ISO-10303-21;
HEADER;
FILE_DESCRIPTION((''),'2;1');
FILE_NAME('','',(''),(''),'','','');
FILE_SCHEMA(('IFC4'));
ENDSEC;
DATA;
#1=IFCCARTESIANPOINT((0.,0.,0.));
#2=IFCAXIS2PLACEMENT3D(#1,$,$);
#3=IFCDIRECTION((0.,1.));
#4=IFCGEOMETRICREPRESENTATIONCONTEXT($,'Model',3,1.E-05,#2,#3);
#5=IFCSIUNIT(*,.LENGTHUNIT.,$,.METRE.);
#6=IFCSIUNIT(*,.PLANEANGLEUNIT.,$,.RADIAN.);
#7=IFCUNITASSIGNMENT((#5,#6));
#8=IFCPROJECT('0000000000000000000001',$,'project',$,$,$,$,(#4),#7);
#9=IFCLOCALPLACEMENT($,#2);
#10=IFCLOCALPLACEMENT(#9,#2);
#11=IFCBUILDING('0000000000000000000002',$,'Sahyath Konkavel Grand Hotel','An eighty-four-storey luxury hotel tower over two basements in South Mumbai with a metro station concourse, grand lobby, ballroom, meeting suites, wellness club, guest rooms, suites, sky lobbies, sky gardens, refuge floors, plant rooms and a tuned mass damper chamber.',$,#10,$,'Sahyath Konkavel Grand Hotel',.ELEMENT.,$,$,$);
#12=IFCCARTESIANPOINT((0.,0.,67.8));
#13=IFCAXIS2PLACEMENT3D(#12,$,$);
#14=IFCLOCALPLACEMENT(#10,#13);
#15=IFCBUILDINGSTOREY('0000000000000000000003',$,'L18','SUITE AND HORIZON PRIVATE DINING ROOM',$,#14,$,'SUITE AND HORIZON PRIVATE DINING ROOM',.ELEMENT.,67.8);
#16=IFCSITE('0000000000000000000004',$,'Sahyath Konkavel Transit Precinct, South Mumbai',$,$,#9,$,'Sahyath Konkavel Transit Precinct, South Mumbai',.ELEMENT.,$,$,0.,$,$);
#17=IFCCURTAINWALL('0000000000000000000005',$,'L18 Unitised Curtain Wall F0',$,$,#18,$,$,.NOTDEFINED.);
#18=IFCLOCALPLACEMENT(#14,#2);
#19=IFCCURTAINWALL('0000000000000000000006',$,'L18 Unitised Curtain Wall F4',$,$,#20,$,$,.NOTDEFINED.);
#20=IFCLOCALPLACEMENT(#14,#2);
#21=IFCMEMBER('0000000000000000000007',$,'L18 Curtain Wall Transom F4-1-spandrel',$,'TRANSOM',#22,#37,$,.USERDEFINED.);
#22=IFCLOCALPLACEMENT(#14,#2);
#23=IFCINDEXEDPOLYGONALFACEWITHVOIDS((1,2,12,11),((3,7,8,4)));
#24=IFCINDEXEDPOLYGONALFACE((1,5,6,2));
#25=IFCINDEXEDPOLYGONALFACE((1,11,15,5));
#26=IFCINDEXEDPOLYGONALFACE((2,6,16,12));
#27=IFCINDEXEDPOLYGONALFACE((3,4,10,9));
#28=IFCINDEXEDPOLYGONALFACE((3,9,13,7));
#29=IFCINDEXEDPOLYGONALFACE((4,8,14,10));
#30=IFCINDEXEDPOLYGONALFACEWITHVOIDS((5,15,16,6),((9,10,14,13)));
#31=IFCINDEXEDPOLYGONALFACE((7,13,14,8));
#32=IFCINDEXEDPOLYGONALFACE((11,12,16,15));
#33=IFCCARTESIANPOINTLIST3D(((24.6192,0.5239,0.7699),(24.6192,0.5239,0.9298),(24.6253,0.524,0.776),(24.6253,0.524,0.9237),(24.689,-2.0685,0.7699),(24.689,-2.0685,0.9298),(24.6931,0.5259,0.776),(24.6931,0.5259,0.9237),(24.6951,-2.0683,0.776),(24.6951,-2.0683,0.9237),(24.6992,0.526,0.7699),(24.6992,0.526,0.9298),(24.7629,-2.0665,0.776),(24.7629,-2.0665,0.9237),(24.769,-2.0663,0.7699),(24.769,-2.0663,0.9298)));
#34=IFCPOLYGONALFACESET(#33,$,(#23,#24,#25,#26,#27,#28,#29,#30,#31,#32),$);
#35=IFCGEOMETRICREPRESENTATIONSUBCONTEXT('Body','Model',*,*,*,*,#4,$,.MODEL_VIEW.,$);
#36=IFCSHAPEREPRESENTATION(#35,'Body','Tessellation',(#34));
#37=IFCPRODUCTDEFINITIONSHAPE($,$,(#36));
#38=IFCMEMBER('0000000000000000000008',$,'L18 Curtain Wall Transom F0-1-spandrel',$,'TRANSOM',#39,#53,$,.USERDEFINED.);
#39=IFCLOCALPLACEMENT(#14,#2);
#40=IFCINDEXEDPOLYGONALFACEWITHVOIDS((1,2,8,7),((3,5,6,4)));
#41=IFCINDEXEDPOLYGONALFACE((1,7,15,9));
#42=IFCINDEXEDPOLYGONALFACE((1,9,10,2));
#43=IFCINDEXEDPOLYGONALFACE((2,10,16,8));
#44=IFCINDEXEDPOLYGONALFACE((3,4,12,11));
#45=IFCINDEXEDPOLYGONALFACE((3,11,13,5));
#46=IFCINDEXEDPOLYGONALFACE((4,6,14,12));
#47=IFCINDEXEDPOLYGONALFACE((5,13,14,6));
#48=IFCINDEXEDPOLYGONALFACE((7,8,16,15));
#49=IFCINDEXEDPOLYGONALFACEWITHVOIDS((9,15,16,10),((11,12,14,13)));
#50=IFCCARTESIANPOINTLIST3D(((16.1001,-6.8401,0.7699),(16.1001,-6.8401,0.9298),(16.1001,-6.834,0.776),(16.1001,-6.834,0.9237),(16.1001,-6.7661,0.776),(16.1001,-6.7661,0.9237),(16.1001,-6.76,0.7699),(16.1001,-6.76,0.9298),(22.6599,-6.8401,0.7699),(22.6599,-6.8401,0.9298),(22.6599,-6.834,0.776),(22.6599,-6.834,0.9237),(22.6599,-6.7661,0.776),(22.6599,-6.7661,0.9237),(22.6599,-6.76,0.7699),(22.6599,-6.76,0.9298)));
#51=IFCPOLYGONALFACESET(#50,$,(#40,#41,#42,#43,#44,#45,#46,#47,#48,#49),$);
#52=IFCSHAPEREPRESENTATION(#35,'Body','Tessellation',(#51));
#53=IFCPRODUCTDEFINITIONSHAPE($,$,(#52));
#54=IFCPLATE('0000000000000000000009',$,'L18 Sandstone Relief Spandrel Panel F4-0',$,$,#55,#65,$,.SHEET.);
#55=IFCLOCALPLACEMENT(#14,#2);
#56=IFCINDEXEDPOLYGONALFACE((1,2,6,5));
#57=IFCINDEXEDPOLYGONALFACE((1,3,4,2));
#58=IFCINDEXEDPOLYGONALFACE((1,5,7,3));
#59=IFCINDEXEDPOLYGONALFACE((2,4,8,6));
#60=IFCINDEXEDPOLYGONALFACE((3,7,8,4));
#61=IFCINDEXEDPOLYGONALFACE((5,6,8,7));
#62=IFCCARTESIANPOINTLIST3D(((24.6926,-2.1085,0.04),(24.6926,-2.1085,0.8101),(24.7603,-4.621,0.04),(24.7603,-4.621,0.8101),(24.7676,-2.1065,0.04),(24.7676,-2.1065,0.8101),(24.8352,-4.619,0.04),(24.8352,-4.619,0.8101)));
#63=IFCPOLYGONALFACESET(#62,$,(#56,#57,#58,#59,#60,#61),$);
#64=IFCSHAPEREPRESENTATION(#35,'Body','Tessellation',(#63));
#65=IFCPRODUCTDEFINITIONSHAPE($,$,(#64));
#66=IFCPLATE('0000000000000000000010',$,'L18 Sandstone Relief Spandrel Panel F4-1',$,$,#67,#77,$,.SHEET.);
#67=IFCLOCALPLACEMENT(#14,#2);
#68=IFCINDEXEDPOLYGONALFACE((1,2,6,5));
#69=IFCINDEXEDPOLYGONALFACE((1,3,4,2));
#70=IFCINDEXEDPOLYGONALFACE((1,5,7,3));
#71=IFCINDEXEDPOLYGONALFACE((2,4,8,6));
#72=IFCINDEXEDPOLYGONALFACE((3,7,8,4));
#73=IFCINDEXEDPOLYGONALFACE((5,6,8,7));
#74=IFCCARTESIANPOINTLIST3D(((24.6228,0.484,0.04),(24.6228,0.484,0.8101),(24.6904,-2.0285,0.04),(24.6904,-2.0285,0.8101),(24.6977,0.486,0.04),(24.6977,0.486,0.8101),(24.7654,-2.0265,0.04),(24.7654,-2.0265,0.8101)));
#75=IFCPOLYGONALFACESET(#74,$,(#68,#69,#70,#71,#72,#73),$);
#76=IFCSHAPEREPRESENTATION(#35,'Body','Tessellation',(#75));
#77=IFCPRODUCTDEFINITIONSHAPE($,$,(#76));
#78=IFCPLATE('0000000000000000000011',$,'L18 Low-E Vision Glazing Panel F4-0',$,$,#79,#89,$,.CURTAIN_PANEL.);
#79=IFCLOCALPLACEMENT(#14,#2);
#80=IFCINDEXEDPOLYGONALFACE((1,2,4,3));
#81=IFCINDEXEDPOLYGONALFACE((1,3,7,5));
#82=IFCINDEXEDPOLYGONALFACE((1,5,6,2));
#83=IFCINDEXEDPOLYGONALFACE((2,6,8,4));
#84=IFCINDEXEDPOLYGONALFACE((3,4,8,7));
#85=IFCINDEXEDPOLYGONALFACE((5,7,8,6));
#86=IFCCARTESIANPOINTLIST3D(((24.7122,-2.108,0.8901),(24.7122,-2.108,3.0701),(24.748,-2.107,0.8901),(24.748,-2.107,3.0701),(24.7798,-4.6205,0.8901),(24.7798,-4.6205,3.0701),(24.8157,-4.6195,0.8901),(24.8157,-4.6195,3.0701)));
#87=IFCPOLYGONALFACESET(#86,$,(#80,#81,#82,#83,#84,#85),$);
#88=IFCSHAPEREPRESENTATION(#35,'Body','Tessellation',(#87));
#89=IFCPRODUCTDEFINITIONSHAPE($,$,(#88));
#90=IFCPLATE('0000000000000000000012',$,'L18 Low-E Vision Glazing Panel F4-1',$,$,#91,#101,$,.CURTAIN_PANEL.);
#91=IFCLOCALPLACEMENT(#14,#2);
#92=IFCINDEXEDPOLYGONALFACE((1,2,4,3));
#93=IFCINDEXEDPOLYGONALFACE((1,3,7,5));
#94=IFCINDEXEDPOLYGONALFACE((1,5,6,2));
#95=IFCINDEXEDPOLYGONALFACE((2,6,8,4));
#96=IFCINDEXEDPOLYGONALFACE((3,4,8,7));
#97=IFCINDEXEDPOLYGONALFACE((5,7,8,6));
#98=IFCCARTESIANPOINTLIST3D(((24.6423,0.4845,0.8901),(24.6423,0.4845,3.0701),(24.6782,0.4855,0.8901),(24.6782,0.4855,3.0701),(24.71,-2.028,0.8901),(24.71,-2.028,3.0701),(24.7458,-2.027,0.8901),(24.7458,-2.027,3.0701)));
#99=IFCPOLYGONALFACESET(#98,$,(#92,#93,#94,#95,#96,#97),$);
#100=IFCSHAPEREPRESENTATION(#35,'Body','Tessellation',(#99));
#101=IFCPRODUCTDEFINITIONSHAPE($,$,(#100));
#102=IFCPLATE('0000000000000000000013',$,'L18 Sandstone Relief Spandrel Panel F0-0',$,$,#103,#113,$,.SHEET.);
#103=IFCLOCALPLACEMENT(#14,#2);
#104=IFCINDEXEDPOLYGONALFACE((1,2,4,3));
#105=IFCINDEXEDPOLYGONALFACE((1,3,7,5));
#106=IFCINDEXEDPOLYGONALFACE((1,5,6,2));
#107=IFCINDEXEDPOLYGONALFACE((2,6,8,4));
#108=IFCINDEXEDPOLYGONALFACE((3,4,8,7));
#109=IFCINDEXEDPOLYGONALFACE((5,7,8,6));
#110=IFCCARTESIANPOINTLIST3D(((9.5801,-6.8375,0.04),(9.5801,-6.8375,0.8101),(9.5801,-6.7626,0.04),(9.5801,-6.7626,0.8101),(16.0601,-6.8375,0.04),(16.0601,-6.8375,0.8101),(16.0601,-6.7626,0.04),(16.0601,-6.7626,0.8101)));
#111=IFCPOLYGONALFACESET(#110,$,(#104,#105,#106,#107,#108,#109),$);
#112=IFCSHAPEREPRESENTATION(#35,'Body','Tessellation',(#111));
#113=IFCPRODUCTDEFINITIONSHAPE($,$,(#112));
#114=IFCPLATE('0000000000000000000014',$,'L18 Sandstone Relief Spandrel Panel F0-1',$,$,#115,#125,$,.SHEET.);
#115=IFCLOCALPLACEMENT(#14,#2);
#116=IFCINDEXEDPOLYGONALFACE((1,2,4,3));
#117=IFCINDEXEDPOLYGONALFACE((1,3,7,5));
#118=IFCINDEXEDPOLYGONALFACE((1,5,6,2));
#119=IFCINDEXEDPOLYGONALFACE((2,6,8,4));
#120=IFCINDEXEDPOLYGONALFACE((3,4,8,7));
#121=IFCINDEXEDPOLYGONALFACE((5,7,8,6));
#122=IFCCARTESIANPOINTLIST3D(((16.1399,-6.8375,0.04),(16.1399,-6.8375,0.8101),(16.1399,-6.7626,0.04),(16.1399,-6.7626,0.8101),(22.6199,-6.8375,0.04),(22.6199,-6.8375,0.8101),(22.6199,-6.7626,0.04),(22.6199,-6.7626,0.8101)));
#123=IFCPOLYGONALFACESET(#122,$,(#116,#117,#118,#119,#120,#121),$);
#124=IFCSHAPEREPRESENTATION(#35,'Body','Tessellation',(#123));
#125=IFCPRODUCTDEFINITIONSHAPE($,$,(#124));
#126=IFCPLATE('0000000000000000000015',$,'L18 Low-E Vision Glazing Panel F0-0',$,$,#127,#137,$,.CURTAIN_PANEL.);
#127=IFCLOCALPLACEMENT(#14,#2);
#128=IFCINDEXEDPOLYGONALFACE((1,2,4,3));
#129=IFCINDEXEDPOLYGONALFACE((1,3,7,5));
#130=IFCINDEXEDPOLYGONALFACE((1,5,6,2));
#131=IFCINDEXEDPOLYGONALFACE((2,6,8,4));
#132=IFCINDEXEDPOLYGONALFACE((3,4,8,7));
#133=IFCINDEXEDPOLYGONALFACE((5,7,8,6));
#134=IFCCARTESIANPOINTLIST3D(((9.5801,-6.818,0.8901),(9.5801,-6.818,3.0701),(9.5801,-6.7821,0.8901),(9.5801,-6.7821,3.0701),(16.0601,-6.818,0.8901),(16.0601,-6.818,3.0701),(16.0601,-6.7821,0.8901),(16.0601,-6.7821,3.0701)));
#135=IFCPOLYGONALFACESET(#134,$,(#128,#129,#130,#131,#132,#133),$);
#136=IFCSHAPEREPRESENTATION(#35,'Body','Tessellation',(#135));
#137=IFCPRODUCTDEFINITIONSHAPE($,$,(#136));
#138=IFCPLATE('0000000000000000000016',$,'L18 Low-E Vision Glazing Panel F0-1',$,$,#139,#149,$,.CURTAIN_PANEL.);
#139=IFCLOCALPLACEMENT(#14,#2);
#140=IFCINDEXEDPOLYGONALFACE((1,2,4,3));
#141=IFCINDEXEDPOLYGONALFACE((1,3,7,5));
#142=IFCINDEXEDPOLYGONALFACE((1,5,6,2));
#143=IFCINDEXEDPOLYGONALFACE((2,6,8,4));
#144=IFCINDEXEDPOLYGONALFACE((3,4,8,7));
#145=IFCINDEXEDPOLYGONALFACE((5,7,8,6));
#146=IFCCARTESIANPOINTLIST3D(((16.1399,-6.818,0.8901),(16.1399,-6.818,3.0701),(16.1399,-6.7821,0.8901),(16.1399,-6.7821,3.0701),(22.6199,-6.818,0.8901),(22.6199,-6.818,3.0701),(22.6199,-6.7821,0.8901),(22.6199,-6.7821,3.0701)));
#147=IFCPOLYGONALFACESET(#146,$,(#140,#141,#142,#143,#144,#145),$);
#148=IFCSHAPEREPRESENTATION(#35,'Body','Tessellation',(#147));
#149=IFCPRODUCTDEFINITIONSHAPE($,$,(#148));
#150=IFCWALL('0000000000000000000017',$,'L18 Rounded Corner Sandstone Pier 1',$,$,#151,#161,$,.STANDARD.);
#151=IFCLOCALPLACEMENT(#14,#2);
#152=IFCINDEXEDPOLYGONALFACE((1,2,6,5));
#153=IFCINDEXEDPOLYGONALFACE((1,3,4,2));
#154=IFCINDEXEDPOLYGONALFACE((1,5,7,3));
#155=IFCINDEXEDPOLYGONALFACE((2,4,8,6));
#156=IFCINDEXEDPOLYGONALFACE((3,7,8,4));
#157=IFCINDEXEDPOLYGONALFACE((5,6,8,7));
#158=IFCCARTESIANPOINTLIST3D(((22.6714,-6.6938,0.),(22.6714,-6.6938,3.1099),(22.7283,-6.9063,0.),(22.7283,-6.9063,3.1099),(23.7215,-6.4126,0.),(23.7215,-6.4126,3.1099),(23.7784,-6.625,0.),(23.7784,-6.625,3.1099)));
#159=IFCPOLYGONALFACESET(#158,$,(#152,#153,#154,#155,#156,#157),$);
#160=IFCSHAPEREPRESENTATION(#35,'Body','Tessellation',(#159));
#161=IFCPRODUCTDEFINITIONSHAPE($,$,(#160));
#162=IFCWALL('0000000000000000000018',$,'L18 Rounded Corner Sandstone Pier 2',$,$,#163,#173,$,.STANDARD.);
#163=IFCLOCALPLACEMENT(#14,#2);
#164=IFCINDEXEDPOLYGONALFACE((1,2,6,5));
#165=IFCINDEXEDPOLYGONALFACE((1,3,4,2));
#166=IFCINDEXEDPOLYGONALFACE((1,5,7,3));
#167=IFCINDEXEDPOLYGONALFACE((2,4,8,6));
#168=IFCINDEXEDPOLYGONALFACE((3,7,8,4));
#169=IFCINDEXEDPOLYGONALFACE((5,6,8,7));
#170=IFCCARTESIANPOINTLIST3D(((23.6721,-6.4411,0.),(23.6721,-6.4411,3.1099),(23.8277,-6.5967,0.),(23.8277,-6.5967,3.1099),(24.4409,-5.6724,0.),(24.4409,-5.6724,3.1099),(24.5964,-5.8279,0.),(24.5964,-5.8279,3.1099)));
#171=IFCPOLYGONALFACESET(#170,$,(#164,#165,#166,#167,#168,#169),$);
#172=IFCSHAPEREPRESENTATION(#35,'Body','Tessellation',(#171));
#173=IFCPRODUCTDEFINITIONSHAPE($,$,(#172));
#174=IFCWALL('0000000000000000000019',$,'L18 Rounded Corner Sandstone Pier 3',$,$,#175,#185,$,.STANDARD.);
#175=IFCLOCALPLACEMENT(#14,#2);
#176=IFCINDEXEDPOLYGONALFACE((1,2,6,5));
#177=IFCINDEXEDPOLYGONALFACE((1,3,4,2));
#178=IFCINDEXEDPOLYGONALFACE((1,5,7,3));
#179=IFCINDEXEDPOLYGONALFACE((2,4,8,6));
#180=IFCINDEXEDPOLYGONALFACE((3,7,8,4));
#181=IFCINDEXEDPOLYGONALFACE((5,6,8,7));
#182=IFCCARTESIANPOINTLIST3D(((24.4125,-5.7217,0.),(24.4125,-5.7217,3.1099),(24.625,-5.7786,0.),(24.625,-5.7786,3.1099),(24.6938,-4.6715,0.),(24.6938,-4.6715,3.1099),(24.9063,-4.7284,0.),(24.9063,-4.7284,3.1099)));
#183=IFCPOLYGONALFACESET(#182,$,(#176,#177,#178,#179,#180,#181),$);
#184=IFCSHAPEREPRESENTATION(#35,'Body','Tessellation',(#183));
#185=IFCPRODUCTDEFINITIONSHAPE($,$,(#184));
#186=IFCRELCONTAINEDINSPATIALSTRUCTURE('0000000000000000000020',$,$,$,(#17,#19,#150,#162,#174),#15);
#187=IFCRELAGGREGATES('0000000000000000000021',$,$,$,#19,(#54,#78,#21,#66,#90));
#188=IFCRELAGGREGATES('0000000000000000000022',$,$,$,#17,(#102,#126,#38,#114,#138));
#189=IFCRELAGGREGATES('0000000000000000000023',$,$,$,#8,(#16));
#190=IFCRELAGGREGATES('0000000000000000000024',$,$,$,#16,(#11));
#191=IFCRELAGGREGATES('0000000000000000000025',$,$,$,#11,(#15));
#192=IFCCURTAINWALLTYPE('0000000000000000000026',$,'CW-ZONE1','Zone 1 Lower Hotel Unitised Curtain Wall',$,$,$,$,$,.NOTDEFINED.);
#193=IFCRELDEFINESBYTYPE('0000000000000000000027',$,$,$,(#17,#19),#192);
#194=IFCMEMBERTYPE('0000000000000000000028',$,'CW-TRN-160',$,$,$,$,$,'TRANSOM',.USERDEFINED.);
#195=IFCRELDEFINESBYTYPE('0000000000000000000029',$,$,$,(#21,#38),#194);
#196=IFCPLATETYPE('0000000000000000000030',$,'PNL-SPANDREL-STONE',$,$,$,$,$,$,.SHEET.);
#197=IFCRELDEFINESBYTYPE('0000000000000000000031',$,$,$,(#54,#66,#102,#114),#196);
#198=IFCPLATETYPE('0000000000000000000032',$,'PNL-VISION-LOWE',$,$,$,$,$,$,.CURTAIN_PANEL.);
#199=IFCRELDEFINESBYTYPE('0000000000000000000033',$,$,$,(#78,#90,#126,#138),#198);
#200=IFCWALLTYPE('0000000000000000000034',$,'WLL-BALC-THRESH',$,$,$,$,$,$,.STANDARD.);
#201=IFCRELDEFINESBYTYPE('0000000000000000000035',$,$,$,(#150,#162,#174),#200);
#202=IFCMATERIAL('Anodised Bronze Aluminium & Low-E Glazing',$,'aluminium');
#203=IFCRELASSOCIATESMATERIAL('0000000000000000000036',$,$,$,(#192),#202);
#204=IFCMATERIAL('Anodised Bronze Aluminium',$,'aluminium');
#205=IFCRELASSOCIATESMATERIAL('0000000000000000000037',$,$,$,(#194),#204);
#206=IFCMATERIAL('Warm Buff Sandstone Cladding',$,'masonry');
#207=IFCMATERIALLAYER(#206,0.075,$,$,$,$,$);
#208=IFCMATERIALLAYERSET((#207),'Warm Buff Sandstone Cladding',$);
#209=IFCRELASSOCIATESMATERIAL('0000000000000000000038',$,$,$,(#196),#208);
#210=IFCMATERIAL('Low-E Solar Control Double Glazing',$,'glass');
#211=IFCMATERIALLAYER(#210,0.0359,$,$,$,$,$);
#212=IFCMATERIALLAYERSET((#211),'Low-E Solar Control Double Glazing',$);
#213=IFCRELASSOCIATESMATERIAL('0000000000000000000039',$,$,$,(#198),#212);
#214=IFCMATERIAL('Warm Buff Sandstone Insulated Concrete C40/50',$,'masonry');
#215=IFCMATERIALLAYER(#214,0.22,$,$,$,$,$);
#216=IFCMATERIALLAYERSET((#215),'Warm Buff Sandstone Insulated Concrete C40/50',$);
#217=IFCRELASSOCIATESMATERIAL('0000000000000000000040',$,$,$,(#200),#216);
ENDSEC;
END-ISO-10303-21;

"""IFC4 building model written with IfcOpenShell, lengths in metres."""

from ifc_helpers import new_model, si_unit, direction, frame, frame_2d, origin, origin_2d, place, context, subcontext, project, spatial, rectangle, hollow_rectangle, extrude, source, transform, mapped, material, layer, layer_set, material_profile, profile_set, type_object, element, aggregate, save


model = new_model("IFC4")

# Units and contexts
model_context = context("Model", 3, precision=1e-05, world=origin(), true_north=direction((0.0, 1.0)))
body_context = subcontext(model_context, "Body", "Model", "MODEL_VIEW")
ifc_project = project(units=[si_unit("LENGTHUNIT", "METRE"), si_unit("PLANEANGLEUNIT", "RADIAN")], contexts=[model_context])

# Site, building, storey
site_placement = place(None, origin())
site = spatial("IfcSite", under=ifc_project, at=site_placement, Name="Sahyath Konkavel Transit Precinct, South Mumbai", LongName="Sahyath Konkavel Transit Precinct, South Mumbai", CompositionType="ELEMENT", RefElevation=0.0)
building_placement = place(site_placement, origin())
building = spatial("IfcBuilding", under=site, at=building_placement, Name="Sahyath Konkavel Grand Hotel", Description="An eighty-four-storey luxury hotel tower over two basements in South Mumbai with a metro station concourse, grand lobby, ballroom, meeting suites, wellness club, guest rooms, suites, sky lobbies, sky gardens, refuge floors, plant rooms and a tuned mass damper chamber.", LongName="Sahyath Konkavel Grand Hotel", CompositionType="ELEMENT")
storey_placement = place(building_placement, frame((0.0, 0.0, 67.8)))
storey = spatial("IfcBuildingStorey", under=building, at=storey_placement, Name="L18", Description="SUITE AND HORIZON PRIVATE DINING ROOM", LongName="SUITE AND HORIZON PRIVATE DINING ROOM", CompositionType="ELEMENT", Elevation=67.8)

# Curtain walls, member
ifc_material_1 = material(Name="Anodised Bronze Aluminium & Low-E Glazing", Category="aluminium")
curtain_wall_type = type_object("IfcCurtainWallType", Name="CW-ZONE1", Description="Zone 1 Lower Hotel Unitised Curtain Wall", PredefinedType="NOTDEFINED", material=ifc_material_1)
curtain_wall_1_placement = place(storey_placement, origin())
curtain_wall_1 = element("IfcCurtainWall", 1, at=curtain_wall_1_placement, inside=storey, type_object=curtain_wall_type, Name="L18 Unitised Curtain Wall F0", PredefinedType="NOTDEFINED")
ifc_material_2 = material(Name="Anodised Bronze Aluminium", Category="aluminium")
curtain_wall_2_placement = place(storey_placement, origin())
curtain_wall_2 = element("IfcCurtainWall", 2, at=curtain_wall_2_placement, inside=storey, type_object=curtain_wall_type, Name="L18 Unitised Curtain Wall F4", PredefinedType="NOTDEFINED")
ifc_material_profile_1 = material_profile(ifc_material_2, hollow_rectangle(XDim=0.0801, YDim=0.1599, WallThickness=0.0061, at=origin_2d()), Name="RHS 160x80x6")
ifc_profile_set_1 = profile_set([ifc_material_profile_1], Name="Anodised Bronze Aluminium")
member_type_1 = type_object("IfcMemberType", Name="CW-TRN-160", ElementType="TRANSOM", PredefinedType="USERDEFINED", material=ifc_profile_set_1)
shared_shape_1 = source(origin(), body_context, "Body", "SweptSolid", [
    extrude(hollow_rectangle(XDim=0.0801, YDim=0.1599, WallThickness=0.0061, at=origin_2d()), origin(), (0.0, 0.0, 1.0), 2.5933),
])
member_1_placement = place(storey_placement, frame((24.729, -2.0674, 0.8499), z_axis=(-0.026926, 0.999637, 0.0), x_axis=(-0.999637, -0.026926, 0.0)))
member_1 = element("IfcMember", 3, at=member_1_placement, type_object=member_type_1, Name="L18 Curtain Wall Transom F4-1-spandrel", ObjectType="TRANSOM", PredefinedType="USERDEFINED", context=body_context, shape_type="MappedRepresentation", body=[
    mapped(shared_shape_1, transform((0.0, 0.0, 0.0), scale=1.0)),
])

# Member
shared_shape_2 = source(origin(), body_context, "Body", "SweptSolid", [
    extrude(hollow_rectangle(XDim=0.0801, YDim=0.1599, WallThickness=0.0061, at=origin_2d()), origin(), (0.0, 0.0, 1.0), 6.5598),
])
member_2_placement = place(storey_placement, frame((16.1001, -6.8, 0.8499), z_axis=(1.0, 0.0, 0.0), x_axis=(0.0, 1.0, 0.0)))
member_2 = element("IfcMember", 4, at=member_2_placement, type_object=member_type_1, Name="L18 Curtain Wall Transom F0-1-spandrel", ObjectType="TRANSOM", PredefinedType="USERDEFINED", context=body_context, shape_type="MappedRepresentation", body=[
    mapped(shared_shape_2, transform((0.0, 0.0, 0.0), scale=1.0)),
])

# Plates
ifc_material_3 = material(Name="Warm Buff Sandstone Cladding", Category="masonry")
ifc_layer_1 = layer(ifc_material_3, 0.075)
ifc_layer_set_1 = layer_set([ifc_layer_1], Name="Warm Buff Sandstone Cladding")
plate_type_1 = type_object("IfcPlateType", Name="PNL-SPANDREL-STONE", PredefinedType="SHEET", material=ifc_layer_set_1)
shared_shape_3 = source(origin(), body_context, "Body", "SweptSolid", [
    extrude(rectangle(XDim=2.5134, YDim=0.075, at=origin_2d()), origin(), (0.0, 0.0, 1.0), 0.77),
])
plate_1_placement = place(storey_placement, frame((24.7639, -3.3638, 0.04), z_axis=(0.0, 0.0, 1.0), x_axis=(-0.02691, 0.999638, 0.0)))
plate_1 = element("IfcPlate", 5, at=plate_1_placement, type_object=plate_type_1, Name="L18 Sandstone Relief Spandrel Panel F4-0", PredefinedType="SHEET", context=body_context, shape_type="MappedRepresentation", body=[
    mapped(shared_shape_3, transform((0.0, 0.0, 0.0), scale=1.0)),
])
plate_2_placement = place(storey_placement, frame((24.6941, -0.7712, 0.04), z_axis=(0.0, 0.0, 1.0), x_axis=(-0.02691, 0.999638, 0.0)))
plate_2 = element("IfcPlate", 6, at=plate_2_placement, type_object=plate_type_1, Name="L18 Sandstone Relief Spandrel Panel F4-1", PredefinedType="SHEET", context=body_context, shape_type="MappedRepresentation", body=[
    mapped(shared_shape_3, transform((0.0, 0.0, 0.0), scale=1.0)),
])
ifc_material_4 = material(Name="Low-E Solar Control Double Glazing", Category="glass")
ifc_layer_2 = layer(ifc_material_4, 0.0359)
ifc_layer_set_2 = layer_set([ifc_layer_2], Name="Low-E Solar Control Double Glazing")
plate_type_2 = type_object("IfcPlateType", Name="PNL-VISION-LOWE", PredefinedType="CURTAIN_PANEL", material=ifc_layer_set_2)
shared_shape_4 = source(origin(), body_context, "Body", "SweptSolid", [
    extrude(rectangle(XDim=2.5134, YDim=0.0359, at=origin_2d()), origin(), (0.0, 0.0, 1.0), 2.1799),
])
plate_3_placement = place(storey_placement, frame((24.7639, -3.3638, 0.8901), z_axis=(0.0, 0.0, 1.0), x_axis=(-0.02691, 0.999638, 0.0)))
plate_3 = element("IfcPlate", 7, at=plate_3_placement, type_object=plate_type_2, Name="L18 Low-E Vision Glazing Panel F4-0", PredefinedType="CURTAIN_PANEL", context=body_context, shape_type="MappedRepresentation", body=[
    mapped(shared_shape_4, transform((0.0, 0.0, 0.0), scale=1.0)),
])
plate_4_placement = place(storey_placement, frame((24.6941, -0.7712, 0.8901), z_axis=(0.0, 0.0, 1.0), x_axis=(-0.02691, 0.999638, 0.0)))
plate_4 = element("IfcPlate", 8, at=plate_4_placement, type_object=plate_type_2, Name="L18 Low-E Vision Glazing Panel F4-1", PredefinedType="CURTAIN_PANEL", context=body_context, shape_type="MappedRepresentation", body=[
    mapped(shared_shape_4, transform((0.0, 0.0, 0.0), scale=1.0)),
])
aggregate(curtain_wall_2, [plate_1, plate_3, member_1, plate_2, plate_4])
shared_shape_5 = source(origin(), body_context, "Body", "SweptSolid", [
    extrude(rectangle(XDim=6.48, YDim=0.075, at=origin_2d()), origin(), (0.0, 0.0, 1.0), 0.77),
])
plate_5_placement = place(storey_placement, frame((12.8201, -6.8, 0.04), z_axis=(0.0, 0.0, 1.0), x_axis=(1.0, 0.0, 0.0)))
plate_5 = element("IfcPlate", 9, at=plate_5_placement, type_object=plate_type_1, Name="L18 Sandstone Relief Spandrel Panel F0-0", PredefinedType="SHEET", context=body_context, shape_type="MappedRepresentation", body=[
    mapped(shared_shape_5, transform((0.0, 0.0, 0.0), scale=1.0)),
])
plate_6_placement = place(storey_placement, frame((19.3799, -6.8, 0.04), z_axis=(0.0, 0.0, 1.0), x_axis=(1.0, 0.0, 0.0)))
plate_6 = element("IfcPlate", 10, at=plate_6_placement, type_object=plate_type_1, Name="L18 Sandstone Relief Spandrel Panel F0-1", PredefinedType="SHEET", context=body_context, shape_type="MappedRepresentation", body=[
    mapped(shared_shape_5, transform((0.0, 0.0, 0.0), scale=1.0)),
])
shared_shape_6 = source(origin(), body_context, "Body", "SweptSolid", [
    extrude(rectangle(XDim=6.48, YDim=0.0359, at=origin_2d()), origin(), (0.0, 0.0, 1.0), 2.1799),
])
plate_7_placement = place(storey_placement, frame((12.8201, -6.8, 0.8901), z_axis=(0.0, 0.0, 1.0), x_axis=(1.0, 0.0, 0.0)))
plate_7 = element("IfcPlate", 11, at=plate_7_placement, type_object=plate_type_2, Name="L18 Low-E Vision Glazing Panel F0-0", PredefinedType="CURTAIN_PANEL", context=body_context, shape_type="MappedRepresentation", body=[
    mapped(shared_shape_6, transform((0.0, 0.0, 0.0), scale=1.0)),
])
plate_8_placement = place(storey_placement, frame((19.3799, -6.8, 0.8901), z_axis=(0.0, 0.0, 1.0), x_axis=(1.0, 0.0, 0.0)))
plate_8 = element("IfcPlate", 12, at=plate_8_placement, type_object=plate_type_2, Name="L18 Low-E Vision Glazing Panel F0-1", PredefinedType="CURTAIN_PANEL", context=body_context, shape_type="MappedRepresentation", body=[
    mapped(shared_shape_6, transform((0.0, 0.0, 0.0), scale=1.0)),
])
aggregate(curtain_wall_1, [plate_5, plate_7, member_2, plate_6, plate_8])

# Walls
ifc_material_5 = material(Name="Warm Buff Sandstone Insulated Concrete C40/50", Category="masonry")
ifc_layer_3 = layer(ifc_material_5, 0.22)
ifc_layer_set_3 = layer_set([ifc_layer_3], Name="Warm Buff Sandstone Insulated Concrete C40/50")
wall_type = type_object("IfcWallType", Name="WLL-BALC-THRESH", PredefinedType="STANDARD", material=ifc_layer_set_3)
for number, where, z_axis, x_axis, name in (
    (13, (22.7, -6.8, 0.0), (0.0, 0.0, 1.0), (0.965951, 0.258725, 0.0), "L18 Rounded Corner Sandstone Pier 1"),
    (14, (23.75, -6.5188, 0.0), (0.0, 0.0, 1.0), (0.707107, 0.707107, 0.0), "L18 Rounded Corner Sandstone Pier 2"),
    (15, (24.5188, -5.75, 0.0), (0.0, 0.0, 1.0), (0.258725, 0.965951, 0.0), "L18 Rounded Corner Sandstone Pier 3"),
):
    element("IfcWall", number, at=place(storey_placement, frame(where, z_axis=z_axis, x_axis=x_axis)), inside=storey, type_object=wall_type, Name=name, PredefinedType="STANDARD", context=body_context, shape_type="SweptSolid", body=[
        extrude(rectangle(XDim=1.0872, YDim=0.22, at=frame_2d((0.5435, 0.0))), origin(), (0.0, 0.0, 1.0), 3.1099),
    ])

save(model, "model.ifc")
